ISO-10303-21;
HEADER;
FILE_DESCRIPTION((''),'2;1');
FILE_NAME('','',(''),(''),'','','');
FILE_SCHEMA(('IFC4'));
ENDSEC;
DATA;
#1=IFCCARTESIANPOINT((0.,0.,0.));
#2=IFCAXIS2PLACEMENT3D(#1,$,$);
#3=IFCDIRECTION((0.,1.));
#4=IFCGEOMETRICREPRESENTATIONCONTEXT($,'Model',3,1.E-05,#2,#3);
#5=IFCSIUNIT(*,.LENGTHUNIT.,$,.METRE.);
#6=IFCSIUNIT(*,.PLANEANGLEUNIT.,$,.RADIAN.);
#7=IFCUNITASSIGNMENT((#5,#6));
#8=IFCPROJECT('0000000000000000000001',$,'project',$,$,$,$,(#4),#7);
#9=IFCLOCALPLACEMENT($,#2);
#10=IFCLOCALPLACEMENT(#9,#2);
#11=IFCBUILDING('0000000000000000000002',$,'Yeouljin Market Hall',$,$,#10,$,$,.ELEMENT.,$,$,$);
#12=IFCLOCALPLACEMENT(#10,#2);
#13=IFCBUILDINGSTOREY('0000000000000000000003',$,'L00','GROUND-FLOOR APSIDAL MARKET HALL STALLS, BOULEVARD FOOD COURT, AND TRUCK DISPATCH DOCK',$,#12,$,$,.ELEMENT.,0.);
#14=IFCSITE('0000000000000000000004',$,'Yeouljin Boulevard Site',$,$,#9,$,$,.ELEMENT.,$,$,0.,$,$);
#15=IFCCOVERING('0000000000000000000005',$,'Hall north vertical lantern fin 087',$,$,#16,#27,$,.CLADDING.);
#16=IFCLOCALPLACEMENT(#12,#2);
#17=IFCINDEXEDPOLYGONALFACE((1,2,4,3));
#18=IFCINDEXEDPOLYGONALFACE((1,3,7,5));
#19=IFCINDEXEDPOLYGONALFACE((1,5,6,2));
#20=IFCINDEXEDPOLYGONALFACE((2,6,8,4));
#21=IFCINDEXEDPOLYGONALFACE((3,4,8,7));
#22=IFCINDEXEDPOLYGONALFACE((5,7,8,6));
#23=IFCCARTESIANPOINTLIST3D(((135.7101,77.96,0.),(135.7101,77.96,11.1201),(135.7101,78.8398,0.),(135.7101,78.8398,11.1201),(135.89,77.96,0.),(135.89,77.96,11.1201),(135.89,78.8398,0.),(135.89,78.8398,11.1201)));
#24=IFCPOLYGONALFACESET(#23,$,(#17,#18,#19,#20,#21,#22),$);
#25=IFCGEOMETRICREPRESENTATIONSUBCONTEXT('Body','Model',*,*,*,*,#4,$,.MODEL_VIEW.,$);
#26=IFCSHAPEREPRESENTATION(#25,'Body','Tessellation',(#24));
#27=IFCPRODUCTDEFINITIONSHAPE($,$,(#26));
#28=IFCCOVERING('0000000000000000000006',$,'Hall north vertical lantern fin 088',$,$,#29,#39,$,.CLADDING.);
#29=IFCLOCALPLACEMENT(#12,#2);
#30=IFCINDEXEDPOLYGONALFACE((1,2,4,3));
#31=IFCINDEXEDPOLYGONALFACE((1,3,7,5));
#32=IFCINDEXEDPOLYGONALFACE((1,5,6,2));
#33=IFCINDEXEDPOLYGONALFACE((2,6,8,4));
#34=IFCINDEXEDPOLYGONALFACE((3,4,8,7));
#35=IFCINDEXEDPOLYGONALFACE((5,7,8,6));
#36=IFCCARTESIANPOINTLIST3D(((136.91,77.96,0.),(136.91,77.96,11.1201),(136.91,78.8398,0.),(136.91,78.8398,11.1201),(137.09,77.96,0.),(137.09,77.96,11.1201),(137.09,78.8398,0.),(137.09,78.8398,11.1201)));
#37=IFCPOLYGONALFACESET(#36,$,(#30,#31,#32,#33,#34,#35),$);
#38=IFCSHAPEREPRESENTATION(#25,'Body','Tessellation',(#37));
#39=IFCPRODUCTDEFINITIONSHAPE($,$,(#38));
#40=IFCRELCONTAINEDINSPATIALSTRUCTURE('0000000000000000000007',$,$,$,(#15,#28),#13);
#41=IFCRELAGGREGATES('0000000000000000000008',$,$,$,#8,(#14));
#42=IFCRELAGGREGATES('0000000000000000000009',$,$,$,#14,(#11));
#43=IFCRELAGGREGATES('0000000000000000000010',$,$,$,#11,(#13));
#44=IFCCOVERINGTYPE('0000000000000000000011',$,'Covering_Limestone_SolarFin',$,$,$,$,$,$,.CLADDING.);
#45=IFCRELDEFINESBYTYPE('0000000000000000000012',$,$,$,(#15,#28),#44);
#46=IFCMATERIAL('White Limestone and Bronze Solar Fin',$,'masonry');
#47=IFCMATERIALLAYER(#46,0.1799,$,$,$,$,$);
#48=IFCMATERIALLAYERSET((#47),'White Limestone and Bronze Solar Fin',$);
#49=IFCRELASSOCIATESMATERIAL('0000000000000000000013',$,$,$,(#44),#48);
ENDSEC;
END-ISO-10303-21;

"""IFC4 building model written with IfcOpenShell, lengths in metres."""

from ifc_helpers import new_model, si_unit, direction, frame, origin, origin_2d, place, context, subcontext, project, spatial, rectangle, extrude, material, layer, layer_set, type_object, element, save


model = new_model("IFC4")

# Units and contexts
model_context = context("Model", 3, precision=1e-05, world=origin(), true_north=direction((0.0, 1.0)))
body_context = subcontext(model_context, "Body", "Model", "MODEL_VIEW")
ifc_project = project(units=[si_unit("LENGTHUNIT", "METRE"), si_unit("PLANEANGLEUNIT", "RADIAN")], contexts=[model_context])

# Site, building, storey
site_placement = place(None, origin())
site = spatial("IfcSite", under=ifc_project, at=site_placement, Name="Yeouljin Boulevard Site", CompositionType="ELEMENT", RefElevation=0.0)
building_placement = place(site_placement, origin())
building = spatial("IfcBuilding", under=site, at=building_placement, Name="Yeouljin Market Hall", CompositionType="ELEMENT")
storey_placement = place(building_placement, origin())
storey = spatial("IfcBuildingStorey", under=building, at=storey_placement, Name="L00", Description="GROUND-FLOOR APSIDAL MARKET HALL STALLS, BOULEVARD FOOD COURT, AND TRUCK DISPATCH DOCK", CompositionType="ELEMENT", Elevation=0.0)

# Coverings
ifc_material_1 = material(Name="White Limestone and Bronze Solar Fin", Category="masonry")
ifc_layer_1 = layer(ifc_material_1, 0.1799)
ifc_layer_set_1 = layer_set([ifc_layer_1], Name="White Limestone and Bronze Solar Fin")
covering_type = type_object("IfcCoveringType", Name="Covering_Limestone_SolarFin", PredefinedType="CLADDING", material=ifc_layer_set_1)
for number, where, z_axis, x_axis, name in (
    (1, (135.8, 78.3999, 0.0), (0.0, 0.0, 1.0), (1.0, 0.0, 0.0), "Hall north vertical lantern fin 087"),
    (2, (137.0, 78.3999, 0.0), (0.0, 0.0, 1.0), (1.0, 0.0, 0.0), "Hall north vertical lantern fin 088"),
):
    element("IfcCovering", number, at=place(storey_placement, frame(where, z_axis=z_axis, x_axis=x_axis)), inside=storey, type_object=covering_type, Name=name, PredefinedType="CLADDING", context=body_context, shape_type="SweptSolid", body=[
        extrude(rectangle(XDim=0.1799, YDim=0.8799, at=origin_2d()), origin(), (0.0, 0.0, 1.0), 11.1201),
    ])

save(model, "model.ifc")
